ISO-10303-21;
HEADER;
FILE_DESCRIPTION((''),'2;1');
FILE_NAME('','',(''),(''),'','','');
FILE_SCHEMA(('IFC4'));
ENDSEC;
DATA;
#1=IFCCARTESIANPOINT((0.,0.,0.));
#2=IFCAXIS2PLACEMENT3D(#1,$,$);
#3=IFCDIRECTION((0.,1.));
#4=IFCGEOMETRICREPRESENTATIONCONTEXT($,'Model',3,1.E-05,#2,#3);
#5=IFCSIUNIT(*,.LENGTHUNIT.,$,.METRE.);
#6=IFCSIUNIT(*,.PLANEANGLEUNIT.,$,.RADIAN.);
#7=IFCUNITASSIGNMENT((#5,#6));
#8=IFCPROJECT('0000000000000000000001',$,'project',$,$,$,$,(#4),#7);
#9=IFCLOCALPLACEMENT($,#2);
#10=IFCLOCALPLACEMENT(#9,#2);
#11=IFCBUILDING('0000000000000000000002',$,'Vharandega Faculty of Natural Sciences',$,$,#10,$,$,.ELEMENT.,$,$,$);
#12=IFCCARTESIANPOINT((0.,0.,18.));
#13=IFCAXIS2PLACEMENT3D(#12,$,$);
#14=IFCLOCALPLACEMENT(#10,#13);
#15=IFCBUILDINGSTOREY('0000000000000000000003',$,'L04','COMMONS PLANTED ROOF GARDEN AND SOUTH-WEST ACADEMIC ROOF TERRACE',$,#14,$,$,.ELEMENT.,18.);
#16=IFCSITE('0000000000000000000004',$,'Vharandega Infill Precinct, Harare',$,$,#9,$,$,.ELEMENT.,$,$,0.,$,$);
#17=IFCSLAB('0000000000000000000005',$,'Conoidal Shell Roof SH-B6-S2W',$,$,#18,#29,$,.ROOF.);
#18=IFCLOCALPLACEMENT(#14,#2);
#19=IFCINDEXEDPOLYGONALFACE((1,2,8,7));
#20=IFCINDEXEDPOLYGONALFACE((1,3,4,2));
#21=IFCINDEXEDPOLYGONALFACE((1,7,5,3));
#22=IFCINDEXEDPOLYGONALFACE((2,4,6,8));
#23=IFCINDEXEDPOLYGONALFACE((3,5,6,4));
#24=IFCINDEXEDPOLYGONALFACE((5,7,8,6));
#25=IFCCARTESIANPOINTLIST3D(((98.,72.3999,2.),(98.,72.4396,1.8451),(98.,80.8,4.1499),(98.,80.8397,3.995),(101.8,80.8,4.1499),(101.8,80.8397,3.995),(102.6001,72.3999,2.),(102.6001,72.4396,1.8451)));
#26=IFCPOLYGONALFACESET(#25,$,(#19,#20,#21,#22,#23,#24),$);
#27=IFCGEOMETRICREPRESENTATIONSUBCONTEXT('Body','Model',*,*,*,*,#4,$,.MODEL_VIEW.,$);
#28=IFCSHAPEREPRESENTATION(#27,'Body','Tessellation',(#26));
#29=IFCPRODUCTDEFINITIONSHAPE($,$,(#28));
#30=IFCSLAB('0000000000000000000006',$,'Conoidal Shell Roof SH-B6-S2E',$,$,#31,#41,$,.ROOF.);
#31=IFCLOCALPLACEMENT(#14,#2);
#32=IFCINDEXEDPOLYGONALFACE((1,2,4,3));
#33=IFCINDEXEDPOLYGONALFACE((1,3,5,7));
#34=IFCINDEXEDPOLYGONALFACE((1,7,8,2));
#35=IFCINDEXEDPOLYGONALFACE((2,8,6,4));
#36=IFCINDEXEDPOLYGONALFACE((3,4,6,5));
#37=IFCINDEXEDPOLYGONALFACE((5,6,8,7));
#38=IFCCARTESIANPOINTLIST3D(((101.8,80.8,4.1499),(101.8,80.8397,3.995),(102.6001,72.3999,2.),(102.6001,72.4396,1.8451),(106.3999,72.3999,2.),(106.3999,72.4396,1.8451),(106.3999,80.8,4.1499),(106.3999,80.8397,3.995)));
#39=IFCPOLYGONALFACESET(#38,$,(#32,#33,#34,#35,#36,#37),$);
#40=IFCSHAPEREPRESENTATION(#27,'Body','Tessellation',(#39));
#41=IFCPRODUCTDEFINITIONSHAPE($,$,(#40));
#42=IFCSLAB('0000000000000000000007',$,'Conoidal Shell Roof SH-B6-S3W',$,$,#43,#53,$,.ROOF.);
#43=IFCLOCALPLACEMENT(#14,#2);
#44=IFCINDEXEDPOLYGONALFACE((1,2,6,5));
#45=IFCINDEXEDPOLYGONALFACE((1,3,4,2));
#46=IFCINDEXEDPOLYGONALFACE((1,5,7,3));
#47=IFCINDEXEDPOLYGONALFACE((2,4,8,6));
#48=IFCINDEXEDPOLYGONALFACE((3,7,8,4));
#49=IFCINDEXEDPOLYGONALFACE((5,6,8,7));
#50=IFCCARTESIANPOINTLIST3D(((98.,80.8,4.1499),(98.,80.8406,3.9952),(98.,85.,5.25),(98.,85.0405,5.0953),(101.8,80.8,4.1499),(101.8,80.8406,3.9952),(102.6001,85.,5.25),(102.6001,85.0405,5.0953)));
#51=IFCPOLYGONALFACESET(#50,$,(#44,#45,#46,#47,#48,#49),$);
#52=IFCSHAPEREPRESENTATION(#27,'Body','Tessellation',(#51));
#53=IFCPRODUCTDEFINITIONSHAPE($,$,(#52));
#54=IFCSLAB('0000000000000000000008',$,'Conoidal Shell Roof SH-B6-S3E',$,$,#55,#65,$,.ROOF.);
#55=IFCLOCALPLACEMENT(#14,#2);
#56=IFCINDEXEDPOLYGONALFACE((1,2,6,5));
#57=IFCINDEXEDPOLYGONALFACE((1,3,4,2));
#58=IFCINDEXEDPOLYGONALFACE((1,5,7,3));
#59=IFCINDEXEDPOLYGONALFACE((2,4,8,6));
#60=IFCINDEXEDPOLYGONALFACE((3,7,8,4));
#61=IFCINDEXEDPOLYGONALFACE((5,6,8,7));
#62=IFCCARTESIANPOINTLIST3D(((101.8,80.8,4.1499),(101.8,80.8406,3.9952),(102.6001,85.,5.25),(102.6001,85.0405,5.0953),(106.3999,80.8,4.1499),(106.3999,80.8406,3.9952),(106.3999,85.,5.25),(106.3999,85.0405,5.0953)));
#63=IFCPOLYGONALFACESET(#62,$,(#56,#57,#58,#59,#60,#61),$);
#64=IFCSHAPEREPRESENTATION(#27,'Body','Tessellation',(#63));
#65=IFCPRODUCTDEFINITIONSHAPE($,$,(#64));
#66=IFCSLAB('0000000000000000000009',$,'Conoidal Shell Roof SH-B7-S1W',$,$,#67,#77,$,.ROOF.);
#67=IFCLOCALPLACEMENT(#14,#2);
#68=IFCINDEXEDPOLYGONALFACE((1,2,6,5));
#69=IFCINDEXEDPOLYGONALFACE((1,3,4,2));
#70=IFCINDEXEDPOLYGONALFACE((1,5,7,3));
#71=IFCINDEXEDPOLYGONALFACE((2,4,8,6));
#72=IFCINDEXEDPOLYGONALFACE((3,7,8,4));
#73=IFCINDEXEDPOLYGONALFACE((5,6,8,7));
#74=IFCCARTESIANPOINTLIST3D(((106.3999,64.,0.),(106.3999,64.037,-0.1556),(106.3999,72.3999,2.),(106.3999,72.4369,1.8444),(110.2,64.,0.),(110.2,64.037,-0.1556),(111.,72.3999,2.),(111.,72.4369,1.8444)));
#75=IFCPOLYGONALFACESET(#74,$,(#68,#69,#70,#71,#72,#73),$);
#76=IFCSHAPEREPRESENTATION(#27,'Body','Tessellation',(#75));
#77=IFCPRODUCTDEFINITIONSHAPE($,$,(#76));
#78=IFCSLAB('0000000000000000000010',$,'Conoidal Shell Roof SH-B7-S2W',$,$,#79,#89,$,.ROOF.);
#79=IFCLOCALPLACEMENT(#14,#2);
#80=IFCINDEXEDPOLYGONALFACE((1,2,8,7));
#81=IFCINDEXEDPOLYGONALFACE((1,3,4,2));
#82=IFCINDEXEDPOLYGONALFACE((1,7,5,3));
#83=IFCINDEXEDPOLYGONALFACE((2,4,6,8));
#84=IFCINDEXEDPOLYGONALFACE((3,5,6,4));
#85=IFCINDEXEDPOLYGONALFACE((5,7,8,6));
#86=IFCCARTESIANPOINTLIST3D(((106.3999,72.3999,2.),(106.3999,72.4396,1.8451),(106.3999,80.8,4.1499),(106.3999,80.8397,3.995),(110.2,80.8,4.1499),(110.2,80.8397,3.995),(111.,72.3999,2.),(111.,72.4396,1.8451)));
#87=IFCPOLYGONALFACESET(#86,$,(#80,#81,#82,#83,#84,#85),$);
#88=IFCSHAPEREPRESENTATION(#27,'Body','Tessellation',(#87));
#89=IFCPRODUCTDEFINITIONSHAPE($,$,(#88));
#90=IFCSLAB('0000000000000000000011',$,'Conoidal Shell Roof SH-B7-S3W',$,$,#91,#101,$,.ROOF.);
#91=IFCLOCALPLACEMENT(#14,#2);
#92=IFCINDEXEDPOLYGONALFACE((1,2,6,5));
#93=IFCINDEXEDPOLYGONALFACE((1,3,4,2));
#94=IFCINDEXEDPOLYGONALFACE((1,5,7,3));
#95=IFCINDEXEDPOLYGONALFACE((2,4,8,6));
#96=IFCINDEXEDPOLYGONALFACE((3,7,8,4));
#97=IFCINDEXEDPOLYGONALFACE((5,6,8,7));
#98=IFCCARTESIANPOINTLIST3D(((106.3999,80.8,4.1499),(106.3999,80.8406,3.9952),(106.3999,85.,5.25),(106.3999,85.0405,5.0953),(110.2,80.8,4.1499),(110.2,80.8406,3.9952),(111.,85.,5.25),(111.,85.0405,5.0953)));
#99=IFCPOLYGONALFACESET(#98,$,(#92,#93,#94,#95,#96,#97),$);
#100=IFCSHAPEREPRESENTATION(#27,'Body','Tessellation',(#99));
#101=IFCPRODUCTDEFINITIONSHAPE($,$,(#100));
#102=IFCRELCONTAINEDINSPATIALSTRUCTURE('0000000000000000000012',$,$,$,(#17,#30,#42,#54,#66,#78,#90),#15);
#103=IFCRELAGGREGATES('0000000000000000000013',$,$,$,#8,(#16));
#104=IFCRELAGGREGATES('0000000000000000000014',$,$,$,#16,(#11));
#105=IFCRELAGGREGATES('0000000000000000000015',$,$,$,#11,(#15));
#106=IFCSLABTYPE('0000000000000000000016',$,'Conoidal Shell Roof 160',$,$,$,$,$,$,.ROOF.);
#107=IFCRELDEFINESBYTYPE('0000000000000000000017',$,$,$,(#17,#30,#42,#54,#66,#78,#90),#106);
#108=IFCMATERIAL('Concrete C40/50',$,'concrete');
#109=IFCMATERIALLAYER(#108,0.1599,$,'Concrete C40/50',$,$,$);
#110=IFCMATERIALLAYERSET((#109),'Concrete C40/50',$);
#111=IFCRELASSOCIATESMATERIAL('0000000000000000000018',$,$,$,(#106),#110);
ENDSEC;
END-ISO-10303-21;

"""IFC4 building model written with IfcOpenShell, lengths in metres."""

from ifc_helpers import new_model, si_unit, direction, frame, origin, place, context, subcontext, project, spatial, polyline, outline, extrude, material, layer, layer_set, type_object, element, save


model = new_model("IFC4")

# Units and contexts
model_context = context("Model", 3, precision=1e-05, world=origin(), true_north=direction((0.0, 1.0)))
body_context = subcontext(model_context, "Body", "Model", "MODEL_VIEW")
ifc_project = project(units=[si_unit("LENGTHUNIT", "METRE"), si_unit("PLANEANGLEUNIT", "RADIAN")], contexts=[model_context])

# Site, building, storey
site_placement = place(None, origin())
site = spatial("IfcSite", under=ifc_project, at=site_placement, Name="Vharandega Infill Precinct, Harare", CompositionType="ELEMENT", RefElevation=0.0)
building_placement = place(site_placement, origin())
building = spatial("IfcBuilding", under=site, at=building_placement, Name="Vharandega Faculty of Natural Sciences", CompositionType="ELEMENT")
storey_placement = place(building_placement, frame((0.0, 0.0, 18.0)))
storey = spatial("IfcBuildingStorey", under=building, at=storey_placement, Name="L04", Description="COMMONS PLANTED ROOF GARDEN AND SOUTH-WEST ACADEMIC ROOF TERRACE", CompositionType="ELEMENT", Elevation=18.0)

# Slabs
ifc_material_1 = material(Name="Concrete C40/50", Category="concrete")
ifc_layer = layer(ifc_material_1, 0.1599, Name="Concrete C40/50")
ifc_layer_set = layer_set([ifc_layer], Name="Concrete C40/50")
slab_type = type_object("IfcSlabType", Name="Conoidal Shell Roof 160", PredefinedType="ROOF", material=ifc_layer_set)
slab_1_placement = place(storey_placement, frame((98.0, 72.3999, 2.0), z_axis=(0.0, -0.247944, 0.968774), x_axis=(1.0, 0.0, 0.0)))
element("IfcSlab", 1, at=slab_1_placement, inside=storey, type_object=slab_type, Name="Conoidal Shell Roof SH-B6-S2W", PredefinedType="ROOF", context=body_context, shape_type="SweptSolid", body=[
    extrude(outline(polyline([(0.0, 0.0), (4.6001, 0.0), (3.8, 8.6709), (0.0, 8.6709), (0.0, 0.0)])), origin(), (0.0, 0.0, -1.0), 0.1599),
])
slab_2_placement = place(storey_placement, frame((102.6001, 72.3999, 2.0), z_axis=(0.0, -0.247944, 0.968774), x_axis=(1.0, 0.0, 0.0)))
element("IfcSlab", 2, at=slab_2_placement, inside=storey, type_object=slab_type, Name="Conoidal Shell Roof SH-B6-S2E", PredefinedType="ROOF", context=body_context, shape_type="SweptSolid", body=[
    extrude(outline(polyline([(0.0, 0.0), (3.7998, 0.0), (3.7998, 8.6709), (-0.8, 8.6709), (0.0, 0.0)])), origin(), (0.0, 0.0, -1.0), 0.1599),
])
slab_3_placement = place(storey_placement, frame((98.0, 80.8, 4.1499), z_axis=(0.0, -0.253383, 0.967366), x_axis=(1.0, 0.0, 0.0)))
element("IfcSlab", 3, at=slab_3_placement, inside=storey, type_object=slab_type, Name="Conoidal Shell Roof SH-B6-S3W", PredefinedType="ROOF", context=body_context, shape_type="SweptSolid", body=[
    extrude(outline(polyline([(0.0, 0.0), (3.8, 0.0), (4.6001, 4.3416), (0.0, 4.3416), (0.0, 0.0)])), origin(), (0.0, 0.0, -1.0), 0.1599),
])
slab_4_placement = place(storey_placement, frame((101.8, 80.8, 4.1499), z_axis=(0.0, -0.253383, 0.967366), x_axis=(1.0, 0.0, 0.0)))
element("IfcSlab", 4, at=slab_4_placement, inside=storey, type_object=slab_type, Name="Conoidal Shell Roof SH-B6-S3E", PredefinedType="ROOF", context=body_context, shape_type="SweptSolid", body=[
    extrude(outline(polyline([(0.0, 0.0), (4.5999, 0.0), (4.5999, 4.3416), (0.8, 4.3416), (0.0, 0.0)])), origin(), (0.0, 0.0, -1.0), 0.1599),
])
slab_5_placement = place(storey_placement, frame((106.3999, 64.0, 0.0), z_axis=(0.0, -0.231623, 0.972806), x_axis=(1.0, 0.0, 0.0)))
element("IfcSlab", 5, at=slab_5_placement, inside=storey, type_object=slab_type, Name="Conoidal Shell Roof SH-B7-S1W", PredefinedType="ROOF", context=body_context, shape_type="SweptSolid", body=[
    extrude(outline(polyline([(0.0, 0.0), (3.8, 0.0), (4.6001, 8.6347), (0.0, 8.6347), (0.0, 0.0)])), origin(), (0.0, 0.0, -1.0), 0.1599),
])
slab_6_placement = place(storey_placement, frame((106.3999, 72.3999, 2.0), z_axis=(0.0, -0.247944, 0.968774), x_axis=(1.0, 0.0, 0.0)))
element("IfcSlab", 6, at=slab_6_placement, inside=storey, type_object=slab_type, Name="Conoidal Shell Roof SH-B7-S2W", PredefinedType="ROOF", context=body_context, shape_type="SweptSolid", body=[
    extrude(outline(polyline([(0.0, 0.0), (4.6001, 0.0), (3.8, 8.6709), (0.0, 8.6709), (0.0, 0.0)])), origin(), (0.0, 0.0, -1.0), 0.1599),
])
slab_7_placement = place(storey_placement, frame((106.3999, 80.8, 4.1499), z_axis=(0.0, -0.253383, 0.967366), x_axis=(1.0, 0.0, 0.0)))
element("IfcSlab", 7, at=slab_7_placement, inside=storey, type_object=slab_type, Name="Conoidal Shell Roof SH-B7-S3W", PredefinedType="ROOF", context=body_context, shape_type="SweptSolid", body=[
    extrude(outline(polyline([(0.0, 0.0), (3.8, 0.0), (4.6001, 4.3416), (0.0, 4.3416), (0.0, 0.0)])), origin(), (0.0, 0.0, -1.0), 0.1599),
])

save(model, "model.ifc")
